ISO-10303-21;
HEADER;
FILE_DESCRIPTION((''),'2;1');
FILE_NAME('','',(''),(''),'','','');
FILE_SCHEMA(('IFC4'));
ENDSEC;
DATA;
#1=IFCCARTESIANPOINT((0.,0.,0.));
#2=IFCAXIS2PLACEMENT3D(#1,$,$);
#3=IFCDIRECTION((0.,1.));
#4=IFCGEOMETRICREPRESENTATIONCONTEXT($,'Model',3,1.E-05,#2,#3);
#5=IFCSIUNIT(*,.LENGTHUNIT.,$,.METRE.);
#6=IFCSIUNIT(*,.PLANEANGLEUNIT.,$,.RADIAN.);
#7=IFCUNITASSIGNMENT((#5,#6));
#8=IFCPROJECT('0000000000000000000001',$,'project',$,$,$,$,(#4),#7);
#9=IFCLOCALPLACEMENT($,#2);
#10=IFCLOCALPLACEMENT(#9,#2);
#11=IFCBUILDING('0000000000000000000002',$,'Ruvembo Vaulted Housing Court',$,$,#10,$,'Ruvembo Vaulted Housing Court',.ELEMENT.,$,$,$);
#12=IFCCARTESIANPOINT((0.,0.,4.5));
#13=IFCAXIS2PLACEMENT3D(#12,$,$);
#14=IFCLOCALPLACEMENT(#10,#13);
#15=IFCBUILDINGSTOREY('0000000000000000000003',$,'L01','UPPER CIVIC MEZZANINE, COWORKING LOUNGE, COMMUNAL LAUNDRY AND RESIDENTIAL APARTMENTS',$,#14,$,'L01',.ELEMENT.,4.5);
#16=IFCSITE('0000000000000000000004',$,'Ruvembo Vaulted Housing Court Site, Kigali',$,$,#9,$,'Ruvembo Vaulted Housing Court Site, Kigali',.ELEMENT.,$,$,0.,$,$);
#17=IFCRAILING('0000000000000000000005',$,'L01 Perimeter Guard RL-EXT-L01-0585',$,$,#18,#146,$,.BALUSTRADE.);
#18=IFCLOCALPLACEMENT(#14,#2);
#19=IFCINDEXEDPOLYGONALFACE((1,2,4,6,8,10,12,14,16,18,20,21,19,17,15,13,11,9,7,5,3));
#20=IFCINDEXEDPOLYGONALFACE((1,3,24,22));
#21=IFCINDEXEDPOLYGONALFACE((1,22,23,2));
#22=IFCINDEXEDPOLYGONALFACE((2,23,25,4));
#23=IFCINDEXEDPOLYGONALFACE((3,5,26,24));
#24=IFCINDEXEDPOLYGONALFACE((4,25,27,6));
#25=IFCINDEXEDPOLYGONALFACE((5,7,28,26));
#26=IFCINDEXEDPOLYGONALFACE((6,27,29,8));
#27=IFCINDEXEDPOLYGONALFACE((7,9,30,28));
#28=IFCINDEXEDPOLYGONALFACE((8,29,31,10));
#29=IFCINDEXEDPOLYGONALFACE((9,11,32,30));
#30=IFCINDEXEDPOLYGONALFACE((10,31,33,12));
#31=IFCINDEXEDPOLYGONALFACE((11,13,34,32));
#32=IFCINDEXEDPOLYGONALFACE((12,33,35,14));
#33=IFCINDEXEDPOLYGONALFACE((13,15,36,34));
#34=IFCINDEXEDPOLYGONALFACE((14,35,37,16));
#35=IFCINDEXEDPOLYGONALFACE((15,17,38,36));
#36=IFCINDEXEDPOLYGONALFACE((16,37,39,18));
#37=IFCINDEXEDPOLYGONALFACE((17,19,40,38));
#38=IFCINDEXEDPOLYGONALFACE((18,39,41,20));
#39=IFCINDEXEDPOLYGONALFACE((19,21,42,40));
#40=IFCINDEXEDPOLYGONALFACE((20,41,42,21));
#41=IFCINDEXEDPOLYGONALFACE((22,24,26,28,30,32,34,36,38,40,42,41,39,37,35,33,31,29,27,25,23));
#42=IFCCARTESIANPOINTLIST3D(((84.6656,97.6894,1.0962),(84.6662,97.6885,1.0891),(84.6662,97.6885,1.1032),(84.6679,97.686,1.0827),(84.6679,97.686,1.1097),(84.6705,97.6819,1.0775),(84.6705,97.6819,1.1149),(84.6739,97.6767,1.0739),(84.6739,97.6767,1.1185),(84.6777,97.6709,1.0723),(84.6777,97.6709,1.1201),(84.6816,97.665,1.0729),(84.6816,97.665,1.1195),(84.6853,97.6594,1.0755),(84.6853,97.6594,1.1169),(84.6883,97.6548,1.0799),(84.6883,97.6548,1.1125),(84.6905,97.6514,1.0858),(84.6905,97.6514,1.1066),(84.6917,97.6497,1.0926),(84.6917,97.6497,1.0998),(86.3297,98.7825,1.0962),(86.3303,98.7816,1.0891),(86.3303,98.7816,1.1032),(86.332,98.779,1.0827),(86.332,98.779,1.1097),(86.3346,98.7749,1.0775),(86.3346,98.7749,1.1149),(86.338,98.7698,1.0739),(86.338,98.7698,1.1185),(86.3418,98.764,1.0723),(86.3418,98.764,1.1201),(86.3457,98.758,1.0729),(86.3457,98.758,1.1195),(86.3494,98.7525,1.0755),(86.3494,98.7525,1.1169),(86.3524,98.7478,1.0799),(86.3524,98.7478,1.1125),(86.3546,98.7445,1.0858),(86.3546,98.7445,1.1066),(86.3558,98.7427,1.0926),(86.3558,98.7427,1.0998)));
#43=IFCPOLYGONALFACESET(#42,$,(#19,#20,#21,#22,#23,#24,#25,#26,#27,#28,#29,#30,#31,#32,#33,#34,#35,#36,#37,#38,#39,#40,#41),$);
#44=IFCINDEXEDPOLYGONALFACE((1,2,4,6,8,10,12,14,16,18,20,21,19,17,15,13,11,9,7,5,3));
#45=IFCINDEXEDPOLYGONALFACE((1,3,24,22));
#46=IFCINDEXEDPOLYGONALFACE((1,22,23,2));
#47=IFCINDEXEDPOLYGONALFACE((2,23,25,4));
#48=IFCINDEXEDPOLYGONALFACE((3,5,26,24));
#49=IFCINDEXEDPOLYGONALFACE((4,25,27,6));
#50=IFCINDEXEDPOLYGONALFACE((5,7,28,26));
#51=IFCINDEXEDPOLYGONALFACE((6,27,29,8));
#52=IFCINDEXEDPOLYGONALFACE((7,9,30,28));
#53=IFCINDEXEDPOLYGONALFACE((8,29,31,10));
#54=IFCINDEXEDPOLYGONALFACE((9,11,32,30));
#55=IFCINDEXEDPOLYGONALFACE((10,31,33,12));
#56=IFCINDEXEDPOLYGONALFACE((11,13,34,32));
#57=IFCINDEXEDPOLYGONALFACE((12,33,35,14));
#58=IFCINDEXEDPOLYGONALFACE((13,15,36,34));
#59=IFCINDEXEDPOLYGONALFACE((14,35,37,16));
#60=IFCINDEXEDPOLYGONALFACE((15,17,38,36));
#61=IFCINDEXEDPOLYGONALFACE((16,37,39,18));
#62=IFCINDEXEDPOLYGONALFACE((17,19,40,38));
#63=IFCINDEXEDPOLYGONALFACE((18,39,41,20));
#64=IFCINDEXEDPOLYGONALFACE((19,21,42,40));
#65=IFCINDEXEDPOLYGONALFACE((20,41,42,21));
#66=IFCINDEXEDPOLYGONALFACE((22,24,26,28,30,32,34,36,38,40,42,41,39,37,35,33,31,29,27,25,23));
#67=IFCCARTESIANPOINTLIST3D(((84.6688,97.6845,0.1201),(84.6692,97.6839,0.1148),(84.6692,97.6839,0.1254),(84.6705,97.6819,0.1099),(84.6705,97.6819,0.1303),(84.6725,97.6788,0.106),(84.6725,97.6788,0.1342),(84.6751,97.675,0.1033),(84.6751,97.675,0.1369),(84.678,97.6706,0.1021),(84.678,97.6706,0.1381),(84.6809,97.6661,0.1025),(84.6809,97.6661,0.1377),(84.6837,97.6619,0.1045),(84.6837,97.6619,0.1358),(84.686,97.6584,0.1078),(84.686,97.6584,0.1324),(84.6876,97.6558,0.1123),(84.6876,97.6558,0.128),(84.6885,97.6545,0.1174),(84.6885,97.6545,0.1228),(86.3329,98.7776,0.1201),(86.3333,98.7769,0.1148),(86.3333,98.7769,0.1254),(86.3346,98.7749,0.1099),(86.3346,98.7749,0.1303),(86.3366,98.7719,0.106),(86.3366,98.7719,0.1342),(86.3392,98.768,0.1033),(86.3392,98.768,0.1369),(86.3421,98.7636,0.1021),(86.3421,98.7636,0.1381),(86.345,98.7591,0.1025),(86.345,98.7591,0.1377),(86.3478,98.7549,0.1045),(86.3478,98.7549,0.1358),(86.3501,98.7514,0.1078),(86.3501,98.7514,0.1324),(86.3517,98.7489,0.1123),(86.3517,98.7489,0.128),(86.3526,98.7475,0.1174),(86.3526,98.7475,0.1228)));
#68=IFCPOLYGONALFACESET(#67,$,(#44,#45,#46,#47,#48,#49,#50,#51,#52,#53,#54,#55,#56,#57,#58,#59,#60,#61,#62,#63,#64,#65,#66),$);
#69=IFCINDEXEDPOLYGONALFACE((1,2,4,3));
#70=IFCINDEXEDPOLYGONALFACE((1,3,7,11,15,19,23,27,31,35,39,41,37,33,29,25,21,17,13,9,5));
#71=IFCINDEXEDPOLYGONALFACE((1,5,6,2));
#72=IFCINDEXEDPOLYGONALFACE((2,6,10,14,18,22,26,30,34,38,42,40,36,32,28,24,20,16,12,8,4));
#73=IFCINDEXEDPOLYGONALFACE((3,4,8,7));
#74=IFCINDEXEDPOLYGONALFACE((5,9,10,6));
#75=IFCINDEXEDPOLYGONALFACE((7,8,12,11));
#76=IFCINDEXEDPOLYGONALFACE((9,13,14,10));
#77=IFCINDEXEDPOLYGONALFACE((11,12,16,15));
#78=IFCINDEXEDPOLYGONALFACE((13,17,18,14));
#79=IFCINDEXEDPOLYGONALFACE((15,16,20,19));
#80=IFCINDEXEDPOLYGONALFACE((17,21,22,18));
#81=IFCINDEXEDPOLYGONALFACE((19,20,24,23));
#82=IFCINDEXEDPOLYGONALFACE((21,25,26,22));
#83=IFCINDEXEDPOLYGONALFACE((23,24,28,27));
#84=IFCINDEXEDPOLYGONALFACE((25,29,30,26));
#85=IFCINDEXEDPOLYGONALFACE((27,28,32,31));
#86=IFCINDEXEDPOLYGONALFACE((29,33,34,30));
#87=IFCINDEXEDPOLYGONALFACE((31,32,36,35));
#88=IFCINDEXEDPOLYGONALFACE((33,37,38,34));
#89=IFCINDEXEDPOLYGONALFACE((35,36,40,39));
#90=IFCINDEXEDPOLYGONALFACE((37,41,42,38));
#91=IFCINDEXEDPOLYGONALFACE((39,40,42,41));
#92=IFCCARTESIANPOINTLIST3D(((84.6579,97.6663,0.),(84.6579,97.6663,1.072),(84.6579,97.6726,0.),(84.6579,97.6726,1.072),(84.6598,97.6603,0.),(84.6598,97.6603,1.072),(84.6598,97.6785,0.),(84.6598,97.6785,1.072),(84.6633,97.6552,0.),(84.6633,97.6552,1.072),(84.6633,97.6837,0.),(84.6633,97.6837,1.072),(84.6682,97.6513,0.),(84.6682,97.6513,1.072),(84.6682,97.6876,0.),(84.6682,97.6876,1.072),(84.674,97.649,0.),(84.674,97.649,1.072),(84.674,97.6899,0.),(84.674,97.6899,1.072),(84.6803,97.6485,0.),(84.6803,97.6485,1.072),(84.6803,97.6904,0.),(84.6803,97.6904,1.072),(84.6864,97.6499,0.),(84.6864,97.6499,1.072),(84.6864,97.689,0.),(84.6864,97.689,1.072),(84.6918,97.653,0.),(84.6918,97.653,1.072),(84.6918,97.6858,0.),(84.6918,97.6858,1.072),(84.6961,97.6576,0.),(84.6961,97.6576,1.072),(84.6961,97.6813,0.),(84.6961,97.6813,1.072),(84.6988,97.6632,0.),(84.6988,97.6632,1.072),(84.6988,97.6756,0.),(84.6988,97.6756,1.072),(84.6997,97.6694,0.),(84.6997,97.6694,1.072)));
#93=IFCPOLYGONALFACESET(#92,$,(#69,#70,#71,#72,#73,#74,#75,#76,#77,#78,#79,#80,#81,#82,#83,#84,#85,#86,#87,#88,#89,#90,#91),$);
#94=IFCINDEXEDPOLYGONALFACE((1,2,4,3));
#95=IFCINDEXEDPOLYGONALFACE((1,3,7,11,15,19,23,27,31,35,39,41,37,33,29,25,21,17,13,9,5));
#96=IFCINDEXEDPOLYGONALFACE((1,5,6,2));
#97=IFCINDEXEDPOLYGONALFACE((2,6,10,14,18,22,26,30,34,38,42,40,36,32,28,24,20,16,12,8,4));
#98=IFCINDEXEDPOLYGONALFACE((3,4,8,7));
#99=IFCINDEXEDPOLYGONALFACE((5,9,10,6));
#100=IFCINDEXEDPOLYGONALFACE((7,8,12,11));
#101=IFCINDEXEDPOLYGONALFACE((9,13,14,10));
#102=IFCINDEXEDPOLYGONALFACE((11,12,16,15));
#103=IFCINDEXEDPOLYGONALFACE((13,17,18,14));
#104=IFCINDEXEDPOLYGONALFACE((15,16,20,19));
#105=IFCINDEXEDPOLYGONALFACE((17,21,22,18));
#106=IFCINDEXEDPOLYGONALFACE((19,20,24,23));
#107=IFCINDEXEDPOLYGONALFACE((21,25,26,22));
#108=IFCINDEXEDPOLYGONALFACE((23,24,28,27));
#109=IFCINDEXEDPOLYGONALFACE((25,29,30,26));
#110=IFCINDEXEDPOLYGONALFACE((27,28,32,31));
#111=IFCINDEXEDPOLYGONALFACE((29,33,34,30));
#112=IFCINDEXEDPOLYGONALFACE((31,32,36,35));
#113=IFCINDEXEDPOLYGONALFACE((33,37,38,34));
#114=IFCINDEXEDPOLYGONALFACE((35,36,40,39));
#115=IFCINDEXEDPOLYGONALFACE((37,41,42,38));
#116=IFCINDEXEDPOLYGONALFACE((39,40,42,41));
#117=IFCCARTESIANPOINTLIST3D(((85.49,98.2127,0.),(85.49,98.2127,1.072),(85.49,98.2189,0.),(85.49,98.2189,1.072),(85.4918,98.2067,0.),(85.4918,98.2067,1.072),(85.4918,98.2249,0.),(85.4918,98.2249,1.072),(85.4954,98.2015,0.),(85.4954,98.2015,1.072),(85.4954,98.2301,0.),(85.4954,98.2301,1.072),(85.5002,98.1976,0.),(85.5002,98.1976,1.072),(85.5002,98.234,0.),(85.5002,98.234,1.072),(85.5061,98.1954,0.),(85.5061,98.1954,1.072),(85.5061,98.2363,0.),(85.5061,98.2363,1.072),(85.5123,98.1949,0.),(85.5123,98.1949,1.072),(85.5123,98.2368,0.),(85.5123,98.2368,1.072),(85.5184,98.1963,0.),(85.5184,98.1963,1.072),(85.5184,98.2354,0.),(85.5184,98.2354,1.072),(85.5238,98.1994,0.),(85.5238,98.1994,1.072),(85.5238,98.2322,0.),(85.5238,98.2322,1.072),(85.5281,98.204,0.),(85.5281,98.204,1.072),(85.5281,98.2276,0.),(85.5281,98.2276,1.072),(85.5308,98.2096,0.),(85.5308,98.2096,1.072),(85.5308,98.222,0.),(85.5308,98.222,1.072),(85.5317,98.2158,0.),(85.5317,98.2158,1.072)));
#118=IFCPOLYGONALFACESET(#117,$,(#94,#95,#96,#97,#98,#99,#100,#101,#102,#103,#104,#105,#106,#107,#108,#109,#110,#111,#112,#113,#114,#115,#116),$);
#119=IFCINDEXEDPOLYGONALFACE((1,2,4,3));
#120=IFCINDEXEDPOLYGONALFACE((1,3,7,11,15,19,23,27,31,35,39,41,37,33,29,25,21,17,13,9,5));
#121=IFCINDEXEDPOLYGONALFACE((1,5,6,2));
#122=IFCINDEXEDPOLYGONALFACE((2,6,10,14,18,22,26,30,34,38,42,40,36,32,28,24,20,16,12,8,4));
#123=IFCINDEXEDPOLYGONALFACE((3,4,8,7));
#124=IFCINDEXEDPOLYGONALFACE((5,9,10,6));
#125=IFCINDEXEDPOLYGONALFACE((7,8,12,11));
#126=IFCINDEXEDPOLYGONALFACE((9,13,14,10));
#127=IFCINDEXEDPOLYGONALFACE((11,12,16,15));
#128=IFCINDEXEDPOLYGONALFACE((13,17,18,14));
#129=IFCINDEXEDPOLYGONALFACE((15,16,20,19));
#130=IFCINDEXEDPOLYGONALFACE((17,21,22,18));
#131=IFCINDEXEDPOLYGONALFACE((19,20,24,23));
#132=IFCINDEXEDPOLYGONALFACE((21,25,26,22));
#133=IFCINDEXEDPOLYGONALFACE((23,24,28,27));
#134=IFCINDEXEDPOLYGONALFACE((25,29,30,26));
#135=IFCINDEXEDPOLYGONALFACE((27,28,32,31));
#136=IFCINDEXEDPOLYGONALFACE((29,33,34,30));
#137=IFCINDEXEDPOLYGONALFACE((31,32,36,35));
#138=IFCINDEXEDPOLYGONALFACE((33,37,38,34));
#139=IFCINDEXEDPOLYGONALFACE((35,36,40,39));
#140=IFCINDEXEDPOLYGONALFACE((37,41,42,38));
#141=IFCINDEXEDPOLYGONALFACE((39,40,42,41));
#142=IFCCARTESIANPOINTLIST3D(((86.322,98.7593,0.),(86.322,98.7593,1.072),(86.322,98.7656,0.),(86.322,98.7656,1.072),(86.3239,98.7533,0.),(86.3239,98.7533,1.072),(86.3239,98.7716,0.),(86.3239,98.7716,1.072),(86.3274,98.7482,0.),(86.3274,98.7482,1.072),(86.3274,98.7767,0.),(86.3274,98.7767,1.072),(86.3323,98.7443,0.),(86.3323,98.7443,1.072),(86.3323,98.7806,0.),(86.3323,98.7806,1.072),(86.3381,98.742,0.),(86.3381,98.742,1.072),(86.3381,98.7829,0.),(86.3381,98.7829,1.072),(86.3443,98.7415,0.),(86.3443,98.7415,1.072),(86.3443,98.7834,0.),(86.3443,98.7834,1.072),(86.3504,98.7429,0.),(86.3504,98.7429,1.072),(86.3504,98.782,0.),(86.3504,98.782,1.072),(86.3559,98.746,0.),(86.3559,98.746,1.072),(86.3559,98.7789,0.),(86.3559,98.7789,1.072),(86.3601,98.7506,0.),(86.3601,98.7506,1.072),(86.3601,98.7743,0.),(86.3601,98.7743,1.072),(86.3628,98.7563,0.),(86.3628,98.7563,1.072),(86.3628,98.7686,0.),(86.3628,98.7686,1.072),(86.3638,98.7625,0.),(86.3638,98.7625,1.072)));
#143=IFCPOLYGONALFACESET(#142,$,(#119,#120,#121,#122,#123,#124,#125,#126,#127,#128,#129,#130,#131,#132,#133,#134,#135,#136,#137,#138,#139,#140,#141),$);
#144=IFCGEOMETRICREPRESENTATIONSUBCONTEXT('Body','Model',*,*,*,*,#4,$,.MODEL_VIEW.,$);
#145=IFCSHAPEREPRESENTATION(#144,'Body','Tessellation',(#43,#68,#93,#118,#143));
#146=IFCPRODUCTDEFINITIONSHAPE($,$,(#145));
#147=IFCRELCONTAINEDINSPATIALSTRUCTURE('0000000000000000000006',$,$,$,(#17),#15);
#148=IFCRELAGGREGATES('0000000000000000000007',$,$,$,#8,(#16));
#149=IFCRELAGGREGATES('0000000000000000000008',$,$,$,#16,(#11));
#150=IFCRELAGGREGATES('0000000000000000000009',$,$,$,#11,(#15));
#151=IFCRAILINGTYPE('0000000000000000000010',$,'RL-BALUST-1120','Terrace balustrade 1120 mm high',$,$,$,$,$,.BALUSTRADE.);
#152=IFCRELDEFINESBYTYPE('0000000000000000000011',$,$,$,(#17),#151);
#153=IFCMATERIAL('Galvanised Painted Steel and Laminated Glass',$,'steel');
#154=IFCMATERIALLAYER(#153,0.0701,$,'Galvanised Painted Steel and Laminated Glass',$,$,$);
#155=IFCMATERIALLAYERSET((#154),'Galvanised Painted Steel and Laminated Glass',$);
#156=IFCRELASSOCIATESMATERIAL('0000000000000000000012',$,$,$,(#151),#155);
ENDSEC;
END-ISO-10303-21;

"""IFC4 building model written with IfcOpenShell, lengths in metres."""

from ifc_helpers import new_model, si_unit, direction, frame, origin, origin_2d, place, context, subcontext, project, spatial, circle, extrude, material, layer, layer_set, type_object, element, save


model = new_model("IFC4")

# Units and contexts
model_context = context("Model", 3, precision=1e-05, world=origin(), true_north=direction((0.0, 1.0)))
body_context = subcontext(model_context, "Body", "Model", "MODEL_VIEW")
ifc_project = project(units=[si_unit("LENGTHUNIT", "METRE"), si_unit("PLANEANGLEUNIT", "RADIAN")], contexts=[model_context])

# Site, building, storey
site_placement = place(None, origin())
site = spatial("IfcSite", under=ifc_project, at=site_placement, Name="Ruvembo Vaulted Housing Court Site, Kigali", LongName="Ruvembo Vaulted Housing Court Site, Kigali", CompositionType="ELEMENT", RefElevation=0.0)
building_placement = place(site_placement, origin())
building = spatial("IfcBuilding", under=site, at=building_placement, Name="Ruvembo Vaulted Housing Court", LongName="Ruvembo Vaulted Housing Court", CompositionType="ELEMENT")
storey_placement = place(building_placement, frame((0.0, 0.0, 4.5)))
storey = spatial("IfcBuildingStorey", under=building, at=storey_placement, Name="L01", Description="UPPER CIVIC MEZZANINE, COWORKING LOUNGE, COMMUNAL LAUNDRY AND RESIDENTIAL APARTMENTS", LongName="L01", CompositionType="ELEMENT", Elevation=4.5)

# Railing
ifc_material_1 = material(Name="Galvanised Painted Steel and Laminated Glass", Category="steel")
ifc_layer_1 = layer(ifc_material_1, 0.0701, Name="Galvanised Painted Steel and Laminated Glass")
ifc_layer_set_1 = layer_set([ifc_layer_1], Name="Galvanised Painted Steel and Laminated Glass")
railing_type = type_object("IfcRailingType", Name="RL-BALUST-1120", Description="Terrace balustrade 1120 mm high", PredefinedType="BALUSTRADE", material=ifc_layer_set_1)
railing_placement = place(storey_placement, frame((84.6787, 97.6694, 0.0)))
element("IfcRailing", 1, at=railing_placement, inside=storey, type_object=railing_type, Name="L01 Perimeter Guard RL-EXT-L01-0585", PredefinedType="BALUSTRADE", context=body_context, shape_type="SweptSolid", body=[
    extrude(circle(Radius=0.0239, at=origin_2d()), frame((0.0, 0.0, 1.0962), z_axis=(0.835823, 0.548999, 0.0), x_axis=(-0.548999, 0.835823, 0.0)), (0.0, 0.0, 1.0), 1.991),
    extrude(circle(Radius=0.0181, at=origin_2d()), frame((0.0, 0.0, 0.1201), z_axis=(0.835823, 0.548999, 0.0), x_axis=(-0.548999, 0.835823, 0.0)), (0.0, 0.0, 1.0), 1.991),
    extrude(circle(Radius=0.021, at=origin_2d()), origin(), (0.0, 0.0, 1.0), 1.072),
    extrude(circle(Radius=0.021, at=origin_2d()), frame((0.832, 0.5464, 0.0)), (0.0, 0.0, 1.0), 1.072),
    extrude(circle(Radius=0.021, at=origin_2d()), frame((1.6641, 1.093, 0.0)), (0.0, 0.0, 1.0), 1.072),
])

save(model, "model.ifc")
